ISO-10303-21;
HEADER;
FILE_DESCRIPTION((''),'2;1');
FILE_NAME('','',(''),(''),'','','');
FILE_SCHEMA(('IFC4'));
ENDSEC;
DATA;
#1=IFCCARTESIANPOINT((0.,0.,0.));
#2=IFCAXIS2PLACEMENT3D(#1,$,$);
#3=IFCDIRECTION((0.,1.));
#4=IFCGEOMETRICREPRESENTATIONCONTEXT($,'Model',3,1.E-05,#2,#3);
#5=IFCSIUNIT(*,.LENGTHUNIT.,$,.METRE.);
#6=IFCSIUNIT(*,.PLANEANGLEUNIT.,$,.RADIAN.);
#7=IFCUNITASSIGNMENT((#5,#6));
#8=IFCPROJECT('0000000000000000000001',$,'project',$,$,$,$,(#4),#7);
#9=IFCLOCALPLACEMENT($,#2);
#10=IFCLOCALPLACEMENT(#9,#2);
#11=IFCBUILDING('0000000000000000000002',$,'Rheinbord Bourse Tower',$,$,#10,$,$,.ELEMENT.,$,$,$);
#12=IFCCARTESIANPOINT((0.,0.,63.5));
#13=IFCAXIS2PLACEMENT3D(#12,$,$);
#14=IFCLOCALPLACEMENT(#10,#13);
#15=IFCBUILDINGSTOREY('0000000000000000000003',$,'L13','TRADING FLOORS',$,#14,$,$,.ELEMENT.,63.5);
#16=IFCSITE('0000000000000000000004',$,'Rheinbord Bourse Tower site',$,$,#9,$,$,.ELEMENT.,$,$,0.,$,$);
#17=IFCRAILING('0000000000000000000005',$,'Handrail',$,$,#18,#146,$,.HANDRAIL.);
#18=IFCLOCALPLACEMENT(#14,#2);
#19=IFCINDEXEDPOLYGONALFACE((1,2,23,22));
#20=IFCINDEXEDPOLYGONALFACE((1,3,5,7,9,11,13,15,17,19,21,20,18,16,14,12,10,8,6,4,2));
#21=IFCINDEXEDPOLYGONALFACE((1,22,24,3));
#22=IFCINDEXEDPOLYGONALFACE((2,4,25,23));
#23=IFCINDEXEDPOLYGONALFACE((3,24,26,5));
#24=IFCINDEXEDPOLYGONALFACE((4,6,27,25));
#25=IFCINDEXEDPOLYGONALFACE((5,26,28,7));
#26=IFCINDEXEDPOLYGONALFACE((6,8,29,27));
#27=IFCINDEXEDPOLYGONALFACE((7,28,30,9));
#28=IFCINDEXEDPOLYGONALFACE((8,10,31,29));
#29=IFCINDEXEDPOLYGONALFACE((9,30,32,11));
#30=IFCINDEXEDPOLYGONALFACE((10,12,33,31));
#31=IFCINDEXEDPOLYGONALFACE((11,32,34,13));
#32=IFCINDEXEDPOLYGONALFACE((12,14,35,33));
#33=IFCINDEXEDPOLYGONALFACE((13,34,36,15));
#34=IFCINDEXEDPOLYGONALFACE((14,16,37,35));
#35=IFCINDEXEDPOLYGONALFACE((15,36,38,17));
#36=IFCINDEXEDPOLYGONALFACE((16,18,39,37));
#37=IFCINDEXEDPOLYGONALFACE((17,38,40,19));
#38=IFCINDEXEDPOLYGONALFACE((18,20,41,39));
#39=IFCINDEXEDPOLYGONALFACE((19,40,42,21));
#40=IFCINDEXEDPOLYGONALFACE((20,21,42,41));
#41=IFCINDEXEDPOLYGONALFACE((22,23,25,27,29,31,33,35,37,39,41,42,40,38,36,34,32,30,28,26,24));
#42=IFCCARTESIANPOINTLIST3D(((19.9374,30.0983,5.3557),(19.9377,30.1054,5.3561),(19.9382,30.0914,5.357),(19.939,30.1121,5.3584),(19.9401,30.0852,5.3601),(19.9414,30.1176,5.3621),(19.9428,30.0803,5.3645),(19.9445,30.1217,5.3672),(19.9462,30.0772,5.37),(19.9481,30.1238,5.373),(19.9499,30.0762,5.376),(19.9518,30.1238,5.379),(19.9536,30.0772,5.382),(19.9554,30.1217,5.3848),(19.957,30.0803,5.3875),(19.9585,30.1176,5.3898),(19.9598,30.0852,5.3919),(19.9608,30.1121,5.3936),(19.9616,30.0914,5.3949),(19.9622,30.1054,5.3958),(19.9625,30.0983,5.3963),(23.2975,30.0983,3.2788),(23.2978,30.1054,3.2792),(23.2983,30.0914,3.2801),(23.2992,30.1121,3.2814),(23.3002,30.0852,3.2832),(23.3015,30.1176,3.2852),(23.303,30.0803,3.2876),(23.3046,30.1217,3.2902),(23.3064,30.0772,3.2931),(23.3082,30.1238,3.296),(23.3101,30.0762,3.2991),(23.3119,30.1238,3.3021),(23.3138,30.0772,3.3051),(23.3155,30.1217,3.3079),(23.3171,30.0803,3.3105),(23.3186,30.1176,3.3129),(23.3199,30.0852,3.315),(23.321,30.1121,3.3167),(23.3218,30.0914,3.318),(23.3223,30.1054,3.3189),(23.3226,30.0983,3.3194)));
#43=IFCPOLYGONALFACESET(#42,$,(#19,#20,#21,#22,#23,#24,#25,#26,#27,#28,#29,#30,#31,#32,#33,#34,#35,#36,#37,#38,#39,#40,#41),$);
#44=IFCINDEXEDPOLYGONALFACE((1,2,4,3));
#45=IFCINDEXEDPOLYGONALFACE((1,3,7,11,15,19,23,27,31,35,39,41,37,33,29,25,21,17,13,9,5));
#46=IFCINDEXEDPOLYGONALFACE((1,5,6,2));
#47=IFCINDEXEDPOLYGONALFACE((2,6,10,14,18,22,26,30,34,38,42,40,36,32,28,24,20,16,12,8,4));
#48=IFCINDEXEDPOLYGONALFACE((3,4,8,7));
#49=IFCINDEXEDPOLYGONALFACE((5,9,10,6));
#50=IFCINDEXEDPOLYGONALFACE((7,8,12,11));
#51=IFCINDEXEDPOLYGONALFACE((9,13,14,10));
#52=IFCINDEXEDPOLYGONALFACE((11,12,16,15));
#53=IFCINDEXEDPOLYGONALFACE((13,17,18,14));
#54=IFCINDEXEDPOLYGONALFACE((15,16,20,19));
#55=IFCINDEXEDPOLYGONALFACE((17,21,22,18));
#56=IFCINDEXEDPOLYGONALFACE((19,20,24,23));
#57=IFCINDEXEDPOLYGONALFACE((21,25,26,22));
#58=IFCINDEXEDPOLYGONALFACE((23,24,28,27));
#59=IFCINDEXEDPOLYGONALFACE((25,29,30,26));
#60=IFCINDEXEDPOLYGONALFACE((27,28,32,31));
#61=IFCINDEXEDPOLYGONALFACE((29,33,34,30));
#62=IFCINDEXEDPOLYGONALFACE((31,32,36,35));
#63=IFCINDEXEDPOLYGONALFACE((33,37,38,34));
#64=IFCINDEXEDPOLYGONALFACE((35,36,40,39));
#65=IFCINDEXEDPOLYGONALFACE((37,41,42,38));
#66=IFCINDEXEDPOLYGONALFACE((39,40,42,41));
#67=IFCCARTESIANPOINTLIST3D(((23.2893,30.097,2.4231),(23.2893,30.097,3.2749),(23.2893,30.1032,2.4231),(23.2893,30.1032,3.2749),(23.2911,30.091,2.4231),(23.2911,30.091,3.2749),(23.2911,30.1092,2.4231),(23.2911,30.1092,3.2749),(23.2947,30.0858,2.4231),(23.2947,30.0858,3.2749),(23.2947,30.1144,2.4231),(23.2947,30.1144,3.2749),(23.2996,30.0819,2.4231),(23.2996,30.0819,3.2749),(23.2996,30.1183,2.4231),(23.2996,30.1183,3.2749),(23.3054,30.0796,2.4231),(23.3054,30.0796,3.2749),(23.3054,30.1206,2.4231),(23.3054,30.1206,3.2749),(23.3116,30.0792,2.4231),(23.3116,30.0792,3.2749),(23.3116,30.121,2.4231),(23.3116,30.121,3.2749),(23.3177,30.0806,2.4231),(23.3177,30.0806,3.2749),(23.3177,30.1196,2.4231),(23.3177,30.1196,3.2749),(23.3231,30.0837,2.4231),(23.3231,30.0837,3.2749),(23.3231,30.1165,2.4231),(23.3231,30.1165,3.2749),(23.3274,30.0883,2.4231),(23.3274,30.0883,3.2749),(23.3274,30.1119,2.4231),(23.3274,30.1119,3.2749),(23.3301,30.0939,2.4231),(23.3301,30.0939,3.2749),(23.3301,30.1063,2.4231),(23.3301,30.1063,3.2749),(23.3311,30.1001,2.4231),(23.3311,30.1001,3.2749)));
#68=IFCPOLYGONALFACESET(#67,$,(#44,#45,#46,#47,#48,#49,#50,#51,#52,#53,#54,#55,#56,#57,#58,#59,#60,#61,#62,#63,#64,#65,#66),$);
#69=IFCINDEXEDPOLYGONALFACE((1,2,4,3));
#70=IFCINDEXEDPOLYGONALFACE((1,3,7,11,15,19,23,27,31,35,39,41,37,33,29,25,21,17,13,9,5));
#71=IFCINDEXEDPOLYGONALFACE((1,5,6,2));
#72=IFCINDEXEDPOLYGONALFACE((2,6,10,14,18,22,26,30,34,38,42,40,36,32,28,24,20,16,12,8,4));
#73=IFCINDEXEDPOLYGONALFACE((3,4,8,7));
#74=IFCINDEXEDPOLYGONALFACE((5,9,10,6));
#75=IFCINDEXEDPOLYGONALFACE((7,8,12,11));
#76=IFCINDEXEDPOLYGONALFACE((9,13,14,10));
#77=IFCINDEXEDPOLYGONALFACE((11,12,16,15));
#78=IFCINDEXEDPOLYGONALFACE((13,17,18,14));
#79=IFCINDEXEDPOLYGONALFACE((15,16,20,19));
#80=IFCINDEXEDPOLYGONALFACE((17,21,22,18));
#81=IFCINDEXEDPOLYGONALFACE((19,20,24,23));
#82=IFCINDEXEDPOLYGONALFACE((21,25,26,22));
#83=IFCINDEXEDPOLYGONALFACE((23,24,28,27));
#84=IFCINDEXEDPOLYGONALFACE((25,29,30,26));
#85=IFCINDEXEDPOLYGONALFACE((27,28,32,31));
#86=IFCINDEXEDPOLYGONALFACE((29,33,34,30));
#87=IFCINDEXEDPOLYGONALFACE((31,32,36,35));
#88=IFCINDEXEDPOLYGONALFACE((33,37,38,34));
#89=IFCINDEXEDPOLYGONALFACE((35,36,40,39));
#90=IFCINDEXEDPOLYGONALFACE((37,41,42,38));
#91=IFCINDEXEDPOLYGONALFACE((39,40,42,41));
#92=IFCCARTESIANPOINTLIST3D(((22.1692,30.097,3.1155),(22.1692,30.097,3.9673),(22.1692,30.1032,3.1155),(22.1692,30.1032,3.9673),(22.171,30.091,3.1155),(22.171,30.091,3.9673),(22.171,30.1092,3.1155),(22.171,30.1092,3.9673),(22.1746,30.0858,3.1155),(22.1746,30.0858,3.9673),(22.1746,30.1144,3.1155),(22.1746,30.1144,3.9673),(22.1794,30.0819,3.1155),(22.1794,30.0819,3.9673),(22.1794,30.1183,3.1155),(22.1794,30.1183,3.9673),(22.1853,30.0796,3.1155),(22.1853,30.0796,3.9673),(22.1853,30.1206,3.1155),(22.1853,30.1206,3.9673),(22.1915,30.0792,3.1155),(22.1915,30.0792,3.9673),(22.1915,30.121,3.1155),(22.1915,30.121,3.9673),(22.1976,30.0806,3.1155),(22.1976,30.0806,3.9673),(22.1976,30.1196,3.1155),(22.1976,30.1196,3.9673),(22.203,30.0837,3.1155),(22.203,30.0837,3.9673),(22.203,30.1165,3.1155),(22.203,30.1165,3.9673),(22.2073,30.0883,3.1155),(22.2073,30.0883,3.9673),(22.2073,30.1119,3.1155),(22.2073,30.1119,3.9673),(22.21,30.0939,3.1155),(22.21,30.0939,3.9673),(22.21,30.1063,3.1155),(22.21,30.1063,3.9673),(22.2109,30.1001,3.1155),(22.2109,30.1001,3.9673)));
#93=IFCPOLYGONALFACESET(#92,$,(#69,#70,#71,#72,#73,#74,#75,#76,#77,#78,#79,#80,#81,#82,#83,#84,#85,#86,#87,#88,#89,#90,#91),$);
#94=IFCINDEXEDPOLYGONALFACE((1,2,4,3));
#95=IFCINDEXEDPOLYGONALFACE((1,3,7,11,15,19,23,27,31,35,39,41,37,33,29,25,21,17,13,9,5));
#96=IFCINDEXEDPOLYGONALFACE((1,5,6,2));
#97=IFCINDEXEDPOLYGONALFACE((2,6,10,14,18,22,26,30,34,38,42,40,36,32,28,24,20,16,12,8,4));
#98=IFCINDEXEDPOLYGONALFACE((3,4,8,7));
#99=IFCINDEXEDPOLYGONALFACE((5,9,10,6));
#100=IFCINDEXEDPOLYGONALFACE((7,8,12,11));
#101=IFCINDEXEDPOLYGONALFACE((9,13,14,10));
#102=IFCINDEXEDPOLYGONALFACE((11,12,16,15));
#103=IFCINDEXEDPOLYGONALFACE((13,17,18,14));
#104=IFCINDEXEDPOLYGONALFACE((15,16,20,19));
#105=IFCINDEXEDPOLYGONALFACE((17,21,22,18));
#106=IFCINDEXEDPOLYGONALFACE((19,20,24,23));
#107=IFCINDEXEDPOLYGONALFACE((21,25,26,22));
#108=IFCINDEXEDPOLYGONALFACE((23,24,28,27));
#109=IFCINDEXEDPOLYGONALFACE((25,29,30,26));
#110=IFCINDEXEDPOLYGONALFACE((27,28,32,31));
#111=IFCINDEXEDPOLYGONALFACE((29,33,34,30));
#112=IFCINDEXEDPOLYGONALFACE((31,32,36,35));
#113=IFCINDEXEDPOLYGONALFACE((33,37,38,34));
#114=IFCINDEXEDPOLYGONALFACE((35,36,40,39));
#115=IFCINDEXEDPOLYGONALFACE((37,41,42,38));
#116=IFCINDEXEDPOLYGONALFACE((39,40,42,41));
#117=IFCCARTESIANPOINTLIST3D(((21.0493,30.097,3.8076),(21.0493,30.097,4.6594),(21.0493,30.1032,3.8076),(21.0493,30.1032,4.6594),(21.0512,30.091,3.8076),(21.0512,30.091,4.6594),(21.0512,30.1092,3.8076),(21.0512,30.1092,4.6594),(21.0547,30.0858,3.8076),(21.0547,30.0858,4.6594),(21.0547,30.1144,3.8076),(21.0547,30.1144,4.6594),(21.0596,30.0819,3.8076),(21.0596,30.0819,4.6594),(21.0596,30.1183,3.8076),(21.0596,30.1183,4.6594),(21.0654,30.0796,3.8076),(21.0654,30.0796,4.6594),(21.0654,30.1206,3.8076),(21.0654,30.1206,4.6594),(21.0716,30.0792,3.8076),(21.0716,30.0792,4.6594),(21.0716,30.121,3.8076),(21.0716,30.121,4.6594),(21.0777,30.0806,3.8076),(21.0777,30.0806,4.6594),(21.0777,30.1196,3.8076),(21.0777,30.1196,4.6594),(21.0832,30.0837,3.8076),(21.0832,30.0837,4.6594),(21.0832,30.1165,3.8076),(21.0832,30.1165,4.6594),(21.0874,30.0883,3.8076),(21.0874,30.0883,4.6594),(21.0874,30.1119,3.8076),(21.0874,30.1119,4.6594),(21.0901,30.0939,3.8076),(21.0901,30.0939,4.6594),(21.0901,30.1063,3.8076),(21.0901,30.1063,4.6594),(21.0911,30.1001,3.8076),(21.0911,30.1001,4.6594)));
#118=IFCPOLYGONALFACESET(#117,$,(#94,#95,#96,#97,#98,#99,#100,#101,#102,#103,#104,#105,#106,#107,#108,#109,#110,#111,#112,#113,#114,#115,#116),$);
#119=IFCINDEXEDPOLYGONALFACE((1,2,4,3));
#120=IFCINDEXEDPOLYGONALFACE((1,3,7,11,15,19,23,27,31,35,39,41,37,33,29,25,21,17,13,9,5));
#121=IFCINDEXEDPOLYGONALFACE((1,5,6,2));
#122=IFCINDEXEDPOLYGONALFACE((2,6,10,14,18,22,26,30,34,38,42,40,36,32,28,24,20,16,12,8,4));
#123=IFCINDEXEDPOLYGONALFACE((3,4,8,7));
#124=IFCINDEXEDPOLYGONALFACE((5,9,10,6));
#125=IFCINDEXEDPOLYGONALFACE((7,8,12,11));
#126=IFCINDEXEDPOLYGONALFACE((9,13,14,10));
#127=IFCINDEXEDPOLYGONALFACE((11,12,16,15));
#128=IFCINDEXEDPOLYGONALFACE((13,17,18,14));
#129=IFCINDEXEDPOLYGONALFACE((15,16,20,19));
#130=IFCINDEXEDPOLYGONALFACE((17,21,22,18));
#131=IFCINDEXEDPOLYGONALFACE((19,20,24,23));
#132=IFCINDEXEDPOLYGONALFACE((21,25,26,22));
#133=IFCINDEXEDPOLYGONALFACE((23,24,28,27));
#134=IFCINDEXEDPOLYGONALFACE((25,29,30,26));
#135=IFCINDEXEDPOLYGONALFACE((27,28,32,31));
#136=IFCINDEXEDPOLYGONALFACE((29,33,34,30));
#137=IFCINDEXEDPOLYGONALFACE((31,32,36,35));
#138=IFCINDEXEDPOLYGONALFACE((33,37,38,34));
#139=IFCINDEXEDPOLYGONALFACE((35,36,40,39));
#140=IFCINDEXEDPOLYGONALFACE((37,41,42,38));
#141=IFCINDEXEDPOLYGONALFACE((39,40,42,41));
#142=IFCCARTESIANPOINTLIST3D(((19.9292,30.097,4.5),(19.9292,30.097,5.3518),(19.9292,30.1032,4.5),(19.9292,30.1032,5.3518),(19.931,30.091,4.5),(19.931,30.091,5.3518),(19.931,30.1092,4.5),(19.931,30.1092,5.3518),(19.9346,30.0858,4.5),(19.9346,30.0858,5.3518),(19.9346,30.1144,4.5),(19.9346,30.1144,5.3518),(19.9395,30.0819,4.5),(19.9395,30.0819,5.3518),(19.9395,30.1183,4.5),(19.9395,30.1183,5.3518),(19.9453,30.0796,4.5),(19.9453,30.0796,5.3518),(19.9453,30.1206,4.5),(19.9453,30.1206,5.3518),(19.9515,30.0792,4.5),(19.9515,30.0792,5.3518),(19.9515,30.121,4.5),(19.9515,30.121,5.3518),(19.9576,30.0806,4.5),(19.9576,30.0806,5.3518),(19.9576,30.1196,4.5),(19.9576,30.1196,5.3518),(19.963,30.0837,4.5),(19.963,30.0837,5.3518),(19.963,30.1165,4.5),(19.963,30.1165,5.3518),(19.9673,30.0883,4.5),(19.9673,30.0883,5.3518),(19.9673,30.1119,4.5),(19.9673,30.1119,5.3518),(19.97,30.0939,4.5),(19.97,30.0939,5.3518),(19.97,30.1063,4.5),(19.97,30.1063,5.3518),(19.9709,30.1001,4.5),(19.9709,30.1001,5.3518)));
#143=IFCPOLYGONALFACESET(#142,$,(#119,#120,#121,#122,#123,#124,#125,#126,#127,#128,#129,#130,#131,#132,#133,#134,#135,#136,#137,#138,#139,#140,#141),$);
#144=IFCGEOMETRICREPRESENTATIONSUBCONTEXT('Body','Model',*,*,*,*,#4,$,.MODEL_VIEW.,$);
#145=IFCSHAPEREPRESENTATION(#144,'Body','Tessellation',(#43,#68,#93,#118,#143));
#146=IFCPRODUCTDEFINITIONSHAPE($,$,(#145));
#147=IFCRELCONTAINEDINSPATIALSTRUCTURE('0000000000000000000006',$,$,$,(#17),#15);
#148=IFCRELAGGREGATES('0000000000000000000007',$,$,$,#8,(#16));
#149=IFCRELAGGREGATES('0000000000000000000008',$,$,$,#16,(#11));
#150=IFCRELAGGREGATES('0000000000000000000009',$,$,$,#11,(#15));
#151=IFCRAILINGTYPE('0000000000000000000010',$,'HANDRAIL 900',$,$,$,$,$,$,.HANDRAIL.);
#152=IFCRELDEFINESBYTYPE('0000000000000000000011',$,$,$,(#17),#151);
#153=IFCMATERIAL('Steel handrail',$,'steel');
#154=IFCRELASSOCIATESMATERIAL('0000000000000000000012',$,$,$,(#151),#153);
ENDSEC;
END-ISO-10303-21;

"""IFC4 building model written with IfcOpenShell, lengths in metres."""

from ifc_helpers import new_model, si_unit, direction, frame, origin, origin_2d, place, context, subcontext, project, spatial, circle, extrude, material, type_object, element, save


model = new_model("IFC4")

# Units and contexts
model_context = context("Model", 3, precision=1e-05, world=origin(), true_north=direction((0.0, 1.0)))
body_context = subcontext(model_context, "Body", "Model", "MODEL_VIEW")
ifc_project = project(units=[si_unit("LENGTHUNIT", "METRE"), si_unit("PLANEANGLEUNIT", "RADIAN")], contexts=[model_context])

# Site, building, storey
site_placement = place(None, origin())
site = spatial("IfcSite", under=ifc_project, at=site_placement, Name="Rheinbord Bourse Tower site", CompositionType="ELEMENT", RefElevation=0.0)
building_placement = place(site_placement, origin())
building = spatial("IfcBuilding", under=site, at=building_placement, Name="Rheinbord Bourse Tower", CompositionType="ELEMENT")
storey_placement = place(building_placement, frame((0.0, 0.0, 63.5)))
storey = spatial("IfcBuildingStorey", under=building, at=storey_placement, Name="L13", Description="TRADING FLOORS", CompositionType="ELEMENT", Elevation=63.5)

# Railing
ifc_material_1 = material(Name="Steel handrail", Category="steel")
railing_type = type_object("IfcRailingType", Name="HANDRAIL 900", PredefinedType="HANDRAIL", material=ifc_material_1)
railing_1_placement = place(storey_placement, frame((23.3101, 30.1001, 2.4231)))
element("IfcRailing", 1, at=railing_1_placement, inside=storey, type_object=railing_type, Name="Handrail", PredefinedType="HANDRAIL", context=body_context, shape_type="SweptSolid", body=[
    extrude(circle(Radius=0.0239, at=origin_2d()), frame((0.0, 0.0, 0.876), z_axis=(-0.850623, 0.0, 0.525776), x_axis=(0.0, -1.0, 0.0)), (0.0, 0.0, 1.0), 3.9502),
    extrude(circle(Radius=0.021, at=origin_2d()), origin(), (0.0, 0.0, 1.0), 0.8518),
    extrude(circle(Radius=0.021, at=origin_2d()), frame((-1.1201, 0.0, 0.6924)), (0.0, 0.0, 1.0), 0.8518),
    extrude(circle(Radius=0.021, at=origin_2d()), frame((-2.24, 0.0, 1.3845)), (0.0, 0.0, 1.0), 0.8518),
    extrude(circle(Radius=0.021, at=origin_2d()), frame((-3.3601, 0.0, 2.0769)), (0.0, 0.0, 1.0), 0.8518),
])

save(model, "model.ifc")
